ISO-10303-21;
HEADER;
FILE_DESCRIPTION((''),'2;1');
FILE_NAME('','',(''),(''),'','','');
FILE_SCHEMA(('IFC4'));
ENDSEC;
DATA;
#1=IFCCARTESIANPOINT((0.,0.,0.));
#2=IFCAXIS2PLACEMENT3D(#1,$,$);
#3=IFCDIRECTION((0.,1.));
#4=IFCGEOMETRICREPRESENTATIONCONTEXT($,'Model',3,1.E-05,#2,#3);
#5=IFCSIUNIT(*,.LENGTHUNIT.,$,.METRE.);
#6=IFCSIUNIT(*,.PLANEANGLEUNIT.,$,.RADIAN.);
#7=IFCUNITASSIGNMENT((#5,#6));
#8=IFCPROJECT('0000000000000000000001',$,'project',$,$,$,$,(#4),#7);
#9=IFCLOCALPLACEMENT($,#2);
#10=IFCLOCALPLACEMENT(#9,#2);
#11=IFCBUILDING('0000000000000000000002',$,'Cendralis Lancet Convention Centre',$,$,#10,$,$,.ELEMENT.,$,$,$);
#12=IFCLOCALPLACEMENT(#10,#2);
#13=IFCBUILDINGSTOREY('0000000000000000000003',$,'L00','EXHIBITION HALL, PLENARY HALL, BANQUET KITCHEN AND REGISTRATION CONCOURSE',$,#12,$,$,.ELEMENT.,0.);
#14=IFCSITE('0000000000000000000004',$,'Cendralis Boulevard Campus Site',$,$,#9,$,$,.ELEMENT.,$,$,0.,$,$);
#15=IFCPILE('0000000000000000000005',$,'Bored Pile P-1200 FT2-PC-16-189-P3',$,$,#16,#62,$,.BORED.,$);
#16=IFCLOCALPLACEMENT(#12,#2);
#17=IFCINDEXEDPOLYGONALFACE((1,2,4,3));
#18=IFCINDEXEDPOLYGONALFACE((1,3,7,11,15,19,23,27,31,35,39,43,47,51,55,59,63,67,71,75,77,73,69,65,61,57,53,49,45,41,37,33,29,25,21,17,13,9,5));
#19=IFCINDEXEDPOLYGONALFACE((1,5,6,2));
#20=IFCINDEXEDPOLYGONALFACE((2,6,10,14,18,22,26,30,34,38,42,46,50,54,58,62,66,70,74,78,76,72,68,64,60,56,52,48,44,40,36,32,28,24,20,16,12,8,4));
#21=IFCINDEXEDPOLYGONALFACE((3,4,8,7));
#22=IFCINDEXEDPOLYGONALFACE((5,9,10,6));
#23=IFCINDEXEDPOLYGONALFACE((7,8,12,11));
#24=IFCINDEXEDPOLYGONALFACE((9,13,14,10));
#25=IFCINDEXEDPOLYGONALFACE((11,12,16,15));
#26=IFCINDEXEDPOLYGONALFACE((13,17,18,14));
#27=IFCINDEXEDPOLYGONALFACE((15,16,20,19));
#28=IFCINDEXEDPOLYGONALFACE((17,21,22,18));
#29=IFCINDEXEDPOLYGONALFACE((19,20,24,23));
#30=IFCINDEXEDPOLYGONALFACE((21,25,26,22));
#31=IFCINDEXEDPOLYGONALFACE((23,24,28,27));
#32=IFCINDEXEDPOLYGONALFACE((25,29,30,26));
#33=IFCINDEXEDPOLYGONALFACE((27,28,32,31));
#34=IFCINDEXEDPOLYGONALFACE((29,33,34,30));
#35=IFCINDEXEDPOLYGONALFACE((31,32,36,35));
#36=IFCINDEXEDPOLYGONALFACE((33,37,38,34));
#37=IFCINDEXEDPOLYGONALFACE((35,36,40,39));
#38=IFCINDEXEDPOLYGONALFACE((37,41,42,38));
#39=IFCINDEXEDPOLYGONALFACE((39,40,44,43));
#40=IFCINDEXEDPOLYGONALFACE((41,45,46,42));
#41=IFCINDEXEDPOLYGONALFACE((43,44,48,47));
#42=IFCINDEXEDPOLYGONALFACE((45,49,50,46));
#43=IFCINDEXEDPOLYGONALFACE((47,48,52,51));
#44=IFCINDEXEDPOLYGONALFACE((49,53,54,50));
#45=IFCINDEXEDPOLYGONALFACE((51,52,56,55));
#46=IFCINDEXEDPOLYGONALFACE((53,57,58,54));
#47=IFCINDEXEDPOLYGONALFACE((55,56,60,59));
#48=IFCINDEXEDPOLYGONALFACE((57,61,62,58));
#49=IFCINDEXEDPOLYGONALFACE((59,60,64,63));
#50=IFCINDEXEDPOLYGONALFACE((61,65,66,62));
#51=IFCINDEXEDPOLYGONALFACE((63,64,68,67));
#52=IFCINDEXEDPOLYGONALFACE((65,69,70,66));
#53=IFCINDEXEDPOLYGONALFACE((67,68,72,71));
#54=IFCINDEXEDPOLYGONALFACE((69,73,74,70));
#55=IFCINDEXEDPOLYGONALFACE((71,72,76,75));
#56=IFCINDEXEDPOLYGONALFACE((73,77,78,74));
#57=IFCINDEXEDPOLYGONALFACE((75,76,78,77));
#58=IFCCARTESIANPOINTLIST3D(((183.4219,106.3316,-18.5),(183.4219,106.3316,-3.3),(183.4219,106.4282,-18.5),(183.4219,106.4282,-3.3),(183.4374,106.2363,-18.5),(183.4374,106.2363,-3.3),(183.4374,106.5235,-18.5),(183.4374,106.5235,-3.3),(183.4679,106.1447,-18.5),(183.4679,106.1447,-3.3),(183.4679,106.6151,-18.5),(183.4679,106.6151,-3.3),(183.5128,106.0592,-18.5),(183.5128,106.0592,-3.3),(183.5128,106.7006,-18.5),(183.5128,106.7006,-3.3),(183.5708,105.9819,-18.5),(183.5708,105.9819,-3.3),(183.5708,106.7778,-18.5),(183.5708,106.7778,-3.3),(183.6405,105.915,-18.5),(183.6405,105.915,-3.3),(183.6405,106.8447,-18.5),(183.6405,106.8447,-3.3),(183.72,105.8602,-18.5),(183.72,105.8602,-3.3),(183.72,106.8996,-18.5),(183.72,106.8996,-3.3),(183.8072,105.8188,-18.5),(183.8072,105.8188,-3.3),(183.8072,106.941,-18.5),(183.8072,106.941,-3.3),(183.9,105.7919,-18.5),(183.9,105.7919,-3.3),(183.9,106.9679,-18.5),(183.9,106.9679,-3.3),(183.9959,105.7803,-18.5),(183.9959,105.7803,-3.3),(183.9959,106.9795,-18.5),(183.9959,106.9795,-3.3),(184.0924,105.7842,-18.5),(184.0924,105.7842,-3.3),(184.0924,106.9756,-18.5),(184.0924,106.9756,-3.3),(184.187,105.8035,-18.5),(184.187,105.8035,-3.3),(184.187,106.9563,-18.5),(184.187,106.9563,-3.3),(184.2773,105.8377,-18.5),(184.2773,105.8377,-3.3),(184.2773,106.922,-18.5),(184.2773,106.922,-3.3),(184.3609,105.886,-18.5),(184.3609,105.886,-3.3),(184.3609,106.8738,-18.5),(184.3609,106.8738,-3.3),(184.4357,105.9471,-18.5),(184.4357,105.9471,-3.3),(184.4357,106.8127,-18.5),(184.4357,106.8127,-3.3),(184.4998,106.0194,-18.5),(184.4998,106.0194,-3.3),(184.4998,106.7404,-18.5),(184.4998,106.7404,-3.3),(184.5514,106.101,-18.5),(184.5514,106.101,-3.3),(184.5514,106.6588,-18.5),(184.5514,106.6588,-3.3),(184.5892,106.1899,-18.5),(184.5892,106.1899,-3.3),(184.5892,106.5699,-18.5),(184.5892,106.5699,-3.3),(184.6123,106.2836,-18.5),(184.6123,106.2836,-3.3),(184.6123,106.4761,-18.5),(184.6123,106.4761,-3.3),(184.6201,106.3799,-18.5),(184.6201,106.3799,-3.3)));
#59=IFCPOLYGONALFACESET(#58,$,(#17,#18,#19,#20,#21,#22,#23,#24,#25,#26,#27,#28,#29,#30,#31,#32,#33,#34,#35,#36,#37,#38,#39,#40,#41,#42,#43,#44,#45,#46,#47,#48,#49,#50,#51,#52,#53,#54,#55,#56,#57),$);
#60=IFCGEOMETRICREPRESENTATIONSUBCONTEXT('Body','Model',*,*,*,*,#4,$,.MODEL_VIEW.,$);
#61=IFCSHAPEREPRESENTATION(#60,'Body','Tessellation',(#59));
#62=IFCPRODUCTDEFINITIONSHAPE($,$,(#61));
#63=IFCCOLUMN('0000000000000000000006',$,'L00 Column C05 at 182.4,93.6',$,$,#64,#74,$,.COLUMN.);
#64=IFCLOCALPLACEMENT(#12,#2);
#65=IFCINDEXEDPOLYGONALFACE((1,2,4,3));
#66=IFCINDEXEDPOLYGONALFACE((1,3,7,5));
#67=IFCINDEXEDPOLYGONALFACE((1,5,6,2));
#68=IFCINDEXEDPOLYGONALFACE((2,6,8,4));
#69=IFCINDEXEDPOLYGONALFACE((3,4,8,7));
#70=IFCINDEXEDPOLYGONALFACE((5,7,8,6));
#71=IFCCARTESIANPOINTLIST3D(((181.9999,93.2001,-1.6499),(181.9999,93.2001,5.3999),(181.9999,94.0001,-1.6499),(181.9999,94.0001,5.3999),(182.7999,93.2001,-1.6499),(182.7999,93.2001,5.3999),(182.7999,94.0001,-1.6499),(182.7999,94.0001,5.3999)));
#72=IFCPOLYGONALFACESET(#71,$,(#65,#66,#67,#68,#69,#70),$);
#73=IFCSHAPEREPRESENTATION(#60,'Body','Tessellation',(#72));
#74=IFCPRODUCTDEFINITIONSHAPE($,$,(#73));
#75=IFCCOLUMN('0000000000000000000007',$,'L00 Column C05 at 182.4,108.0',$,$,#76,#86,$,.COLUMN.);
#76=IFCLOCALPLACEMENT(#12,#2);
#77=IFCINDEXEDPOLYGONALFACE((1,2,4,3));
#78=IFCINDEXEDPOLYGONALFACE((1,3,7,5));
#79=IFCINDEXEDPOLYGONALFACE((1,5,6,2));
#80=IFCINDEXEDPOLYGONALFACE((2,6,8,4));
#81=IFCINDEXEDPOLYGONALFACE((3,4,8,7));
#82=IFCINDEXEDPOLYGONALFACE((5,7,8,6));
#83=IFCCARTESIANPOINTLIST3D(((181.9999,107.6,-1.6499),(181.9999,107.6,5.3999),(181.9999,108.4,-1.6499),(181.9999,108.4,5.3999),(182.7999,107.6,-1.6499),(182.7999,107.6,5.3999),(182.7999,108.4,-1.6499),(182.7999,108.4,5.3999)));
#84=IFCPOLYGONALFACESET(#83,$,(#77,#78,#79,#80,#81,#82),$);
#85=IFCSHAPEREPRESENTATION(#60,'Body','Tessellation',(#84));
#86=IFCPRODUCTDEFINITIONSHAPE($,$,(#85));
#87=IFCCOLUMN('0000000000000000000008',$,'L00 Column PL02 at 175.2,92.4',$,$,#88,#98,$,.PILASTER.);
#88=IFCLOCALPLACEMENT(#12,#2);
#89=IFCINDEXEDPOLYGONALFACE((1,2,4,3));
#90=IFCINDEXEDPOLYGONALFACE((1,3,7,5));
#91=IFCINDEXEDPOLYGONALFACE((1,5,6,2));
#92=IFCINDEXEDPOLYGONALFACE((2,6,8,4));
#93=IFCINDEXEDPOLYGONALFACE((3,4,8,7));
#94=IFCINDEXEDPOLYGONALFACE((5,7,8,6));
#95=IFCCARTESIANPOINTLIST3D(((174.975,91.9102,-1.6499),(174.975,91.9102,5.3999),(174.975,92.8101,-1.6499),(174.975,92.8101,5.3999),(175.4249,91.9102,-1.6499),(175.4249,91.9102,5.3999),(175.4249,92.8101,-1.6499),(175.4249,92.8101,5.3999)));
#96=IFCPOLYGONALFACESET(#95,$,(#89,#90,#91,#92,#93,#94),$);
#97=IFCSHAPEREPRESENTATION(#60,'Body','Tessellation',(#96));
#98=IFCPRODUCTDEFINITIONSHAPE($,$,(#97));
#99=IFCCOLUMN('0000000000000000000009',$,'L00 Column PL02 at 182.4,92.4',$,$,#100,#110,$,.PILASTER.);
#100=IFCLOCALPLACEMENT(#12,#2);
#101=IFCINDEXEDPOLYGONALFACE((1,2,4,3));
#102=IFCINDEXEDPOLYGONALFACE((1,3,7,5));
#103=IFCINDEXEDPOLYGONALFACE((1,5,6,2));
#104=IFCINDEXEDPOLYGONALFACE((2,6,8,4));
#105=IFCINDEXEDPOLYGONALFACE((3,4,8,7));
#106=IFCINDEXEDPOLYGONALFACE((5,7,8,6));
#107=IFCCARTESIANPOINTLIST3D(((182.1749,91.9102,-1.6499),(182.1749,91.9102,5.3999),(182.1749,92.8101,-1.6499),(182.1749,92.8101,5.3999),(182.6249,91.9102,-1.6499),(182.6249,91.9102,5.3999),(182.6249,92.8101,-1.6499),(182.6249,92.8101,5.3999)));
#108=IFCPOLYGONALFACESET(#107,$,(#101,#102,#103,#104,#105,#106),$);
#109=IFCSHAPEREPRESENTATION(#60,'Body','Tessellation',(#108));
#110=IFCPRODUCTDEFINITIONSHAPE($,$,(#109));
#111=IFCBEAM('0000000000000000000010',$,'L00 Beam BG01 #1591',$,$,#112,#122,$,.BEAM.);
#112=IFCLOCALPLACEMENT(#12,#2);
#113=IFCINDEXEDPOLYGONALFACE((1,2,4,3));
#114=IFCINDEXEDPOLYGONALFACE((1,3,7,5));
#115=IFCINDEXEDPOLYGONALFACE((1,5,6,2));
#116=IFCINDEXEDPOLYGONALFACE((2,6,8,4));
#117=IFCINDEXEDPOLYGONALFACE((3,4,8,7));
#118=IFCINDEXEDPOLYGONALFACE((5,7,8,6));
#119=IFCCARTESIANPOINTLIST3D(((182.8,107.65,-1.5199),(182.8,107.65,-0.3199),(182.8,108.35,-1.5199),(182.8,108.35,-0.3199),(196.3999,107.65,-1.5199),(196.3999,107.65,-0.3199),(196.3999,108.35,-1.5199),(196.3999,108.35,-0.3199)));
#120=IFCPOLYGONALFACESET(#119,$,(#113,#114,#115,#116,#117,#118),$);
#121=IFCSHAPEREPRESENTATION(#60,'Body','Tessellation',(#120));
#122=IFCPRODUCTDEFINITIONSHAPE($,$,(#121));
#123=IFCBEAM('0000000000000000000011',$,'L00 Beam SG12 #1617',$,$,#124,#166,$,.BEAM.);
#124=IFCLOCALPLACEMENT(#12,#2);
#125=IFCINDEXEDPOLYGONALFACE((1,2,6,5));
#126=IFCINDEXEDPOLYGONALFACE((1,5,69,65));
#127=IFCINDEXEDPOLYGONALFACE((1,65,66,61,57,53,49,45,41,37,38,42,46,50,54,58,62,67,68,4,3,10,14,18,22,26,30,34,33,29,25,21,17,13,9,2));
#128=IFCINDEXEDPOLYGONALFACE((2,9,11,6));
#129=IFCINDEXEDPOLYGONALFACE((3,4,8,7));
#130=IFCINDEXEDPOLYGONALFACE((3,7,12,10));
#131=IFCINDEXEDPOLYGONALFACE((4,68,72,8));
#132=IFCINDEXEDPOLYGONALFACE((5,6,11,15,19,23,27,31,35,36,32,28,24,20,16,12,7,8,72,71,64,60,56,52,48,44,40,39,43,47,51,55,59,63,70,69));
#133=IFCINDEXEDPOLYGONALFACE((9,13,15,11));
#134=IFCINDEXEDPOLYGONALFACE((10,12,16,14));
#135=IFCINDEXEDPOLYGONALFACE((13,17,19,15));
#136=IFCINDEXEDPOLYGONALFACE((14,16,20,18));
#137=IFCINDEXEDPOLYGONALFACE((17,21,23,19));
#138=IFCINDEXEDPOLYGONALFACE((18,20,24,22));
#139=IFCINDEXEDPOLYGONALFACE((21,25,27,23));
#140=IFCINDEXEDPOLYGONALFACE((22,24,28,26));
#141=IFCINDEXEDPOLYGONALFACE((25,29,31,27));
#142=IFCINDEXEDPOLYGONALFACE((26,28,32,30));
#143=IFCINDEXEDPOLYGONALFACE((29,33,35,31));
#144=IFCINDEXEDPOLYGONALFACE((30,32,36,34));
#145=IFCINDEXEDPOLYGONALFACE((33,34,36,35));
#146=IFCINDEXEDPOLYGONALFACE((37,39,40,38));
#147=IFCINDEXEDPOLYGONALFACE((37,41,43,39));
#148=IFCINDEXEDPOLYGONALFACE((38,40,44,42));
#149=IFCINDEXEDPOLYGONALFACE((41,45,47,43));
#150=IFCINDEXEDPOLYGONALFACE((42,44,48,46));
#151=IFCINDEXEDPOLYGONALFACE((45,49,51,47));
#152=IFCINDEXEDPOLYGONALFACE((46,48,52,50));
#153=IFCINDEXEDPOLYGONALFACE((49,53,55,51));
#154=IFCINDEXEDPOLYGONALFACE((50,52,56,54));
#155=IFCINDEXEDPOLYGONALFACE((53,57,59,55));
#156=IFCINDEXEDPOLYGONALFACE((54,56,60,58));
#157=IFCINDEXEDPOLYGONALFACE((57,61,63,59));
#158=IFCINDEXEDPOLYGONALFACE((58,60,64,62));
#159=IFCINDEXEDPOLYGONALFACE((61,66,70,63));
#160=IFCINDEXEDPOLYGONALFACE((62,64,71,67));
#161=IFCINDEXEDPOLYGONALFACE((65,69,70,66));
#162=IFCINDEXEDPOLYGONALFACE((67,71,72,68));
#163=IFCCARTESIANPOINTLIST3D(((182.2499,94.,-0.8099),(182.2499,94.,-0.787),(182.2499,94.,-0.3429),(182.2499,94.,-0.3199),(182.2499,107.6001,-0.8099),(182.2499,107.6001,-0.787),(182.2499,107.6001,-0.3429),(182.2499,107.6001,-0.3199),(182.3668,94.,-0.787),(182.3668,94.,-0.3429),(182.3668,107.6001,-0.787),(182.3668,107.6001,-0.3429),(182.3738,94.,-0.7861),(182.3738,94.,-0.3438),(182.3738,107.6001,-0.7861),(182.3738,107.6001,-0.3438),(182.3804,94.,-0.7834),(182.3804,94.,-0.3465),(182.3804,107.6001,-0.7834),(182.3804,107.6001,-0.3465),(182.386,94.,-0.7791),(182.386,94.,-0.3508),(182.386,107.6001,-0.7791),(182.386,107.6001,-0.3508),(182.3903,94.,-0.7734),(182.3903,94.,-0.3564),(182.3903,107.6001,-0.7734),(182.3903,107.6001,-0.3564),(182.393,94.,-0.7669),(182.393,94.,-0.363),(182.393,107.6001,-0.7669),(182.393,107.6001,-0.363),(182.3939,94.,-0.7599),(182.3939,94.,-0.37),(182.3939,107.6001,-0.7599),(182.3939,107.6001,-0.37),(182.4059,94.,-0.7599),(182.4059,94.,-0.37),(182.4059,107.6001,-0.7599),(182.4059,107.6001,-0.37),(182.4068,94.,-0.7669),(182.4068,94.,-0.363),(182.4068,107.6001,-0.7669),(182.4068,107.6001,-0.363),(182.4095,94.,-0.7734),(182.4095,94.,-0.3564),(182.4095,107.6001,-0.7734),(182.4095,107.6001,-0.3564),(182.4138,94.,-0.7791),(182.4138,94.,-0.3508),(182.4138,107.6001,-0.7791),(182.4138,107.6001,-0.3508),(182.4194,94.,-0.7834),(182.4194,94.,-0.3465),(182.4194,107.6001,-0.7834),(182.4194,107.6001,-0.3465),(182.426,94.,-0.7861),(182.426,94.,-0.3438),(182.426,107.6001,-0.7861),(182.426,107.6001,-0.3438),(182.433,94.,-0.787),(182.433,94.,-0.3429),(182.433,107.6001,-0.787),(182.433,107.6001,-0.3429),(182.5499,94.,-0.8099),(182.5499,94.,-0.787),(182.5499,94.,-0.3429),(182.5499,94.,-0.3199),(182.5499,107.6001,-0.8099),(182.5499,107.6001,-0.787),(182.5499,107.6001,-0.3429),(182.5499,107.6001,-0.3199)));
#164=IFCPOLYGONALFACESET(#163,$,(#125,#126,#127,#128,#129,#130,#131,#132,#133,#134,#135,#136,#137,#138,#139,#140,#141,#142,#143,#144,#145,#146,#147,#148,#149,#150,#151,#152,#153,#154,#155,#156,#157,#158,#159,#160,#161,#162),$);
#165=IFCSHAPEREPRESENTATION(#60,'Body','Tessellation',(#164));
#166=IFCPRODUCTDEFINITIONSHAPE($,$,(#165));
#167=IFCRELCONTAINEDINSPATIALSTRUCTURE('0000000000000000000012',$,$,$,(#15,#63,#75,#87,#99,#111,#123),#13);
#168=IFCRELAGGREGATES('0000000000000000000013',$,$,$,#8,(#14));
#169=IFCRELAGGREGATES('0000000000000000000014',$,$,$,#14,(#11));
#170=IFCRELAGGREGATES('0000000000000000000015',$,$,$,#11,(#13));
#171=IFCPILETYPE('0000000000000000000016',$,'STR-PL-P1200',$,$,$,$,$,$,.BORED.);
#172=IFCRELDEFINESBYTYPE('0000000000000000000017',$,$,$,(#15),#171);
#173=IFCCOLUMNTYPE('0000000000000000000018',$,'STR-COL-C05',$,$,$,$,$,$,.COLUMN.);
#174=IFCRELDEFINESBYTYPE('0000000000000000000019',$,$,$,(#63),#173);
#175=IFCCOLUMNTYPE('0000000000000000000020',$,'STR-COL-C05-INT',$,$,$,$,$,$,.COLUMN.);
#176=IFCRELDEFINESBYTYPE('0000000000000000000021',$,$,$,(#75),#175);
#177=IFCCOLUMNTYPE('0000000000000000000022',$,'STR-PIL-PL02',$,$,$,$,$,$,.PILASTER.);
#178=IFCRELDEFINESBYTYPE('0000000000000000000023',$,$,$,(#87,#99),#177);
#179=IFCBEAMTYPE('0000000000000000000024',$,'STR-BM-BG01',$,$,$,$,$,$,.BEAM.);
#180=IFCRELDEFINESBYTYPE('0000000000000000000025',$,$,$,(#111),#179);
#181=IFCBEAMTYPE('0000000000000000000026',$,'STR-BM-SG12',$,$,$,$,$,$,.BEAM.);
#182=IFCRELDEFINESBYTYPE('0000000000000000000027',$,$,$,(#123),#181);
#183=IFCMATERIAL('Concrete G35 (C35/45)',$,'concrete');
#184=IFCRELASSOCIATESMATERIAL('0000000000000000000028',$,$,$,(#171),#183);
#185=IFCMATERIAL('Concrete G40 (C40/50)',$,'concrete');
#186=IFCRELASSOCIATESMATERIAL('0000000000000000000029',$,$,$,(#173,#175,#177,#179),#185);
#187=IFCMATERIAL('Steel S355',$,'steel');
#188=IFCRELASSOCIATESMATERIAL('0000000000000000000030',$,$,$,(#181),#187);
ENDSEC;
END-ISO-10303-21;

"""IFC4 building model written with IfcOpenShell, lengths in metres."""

from ifc_helpers import new_model, si_unit, direction, frame, origin, origin_2d, place, context, subcontext, project, spatial, rectangle, circle, i_section, extrude, material, material_profile, profile_set, type_object, element, save


model = new_model("IFC4")

# Units and contexts
model_context = context("Model", 3, precision=1e-05, world=origin(), true_north=direction((0.0, 1.0)))
body_context = subcontext(model_context, "Body", "Model", "MODEL_VIEW")
ifc_project = project(units=[si_unit("LENGTHUNIT", "METRE"), si_unit("PLANEANGLEUNIT", "RADIAN")], contexts=[model_context])

# Site, building, storey
site_placement = place(None, origin())
site = spatial("IfcSite", under=ifc_project, at=site_placement, Name="Cendralis Boulevard Campus Site", CompositionType="ELEMENT", RefElevation=0.0)
building_placement = place(site_placement, origin())
building = spatial("IfcBuilding", under=site, at=building_placement, Name="Cendralis Lancet Convention Centre", CompositionType="ELEMENT")
storey_placement = place(building_placement, origin())
storey = spatial("IfcBuildingStorey", under=building, at=storey_placement, Name="L00", Description="EXHIBITION HALL, PLENARY HALL, BANQUET KITCHEN AND REGISTRATION CONCOURSE", CompositionType="ELEMENT", Elevation=0.0)

# Shared definitions
ifc_material_1 = material(Name="Concrete G35 (C35/45)", Category="concrete")

# Pile
ifc_material_profile_1 = material_profile(ifc_material_1, circle(Radius=0.6001, at=origin_2d()), Name="BORED PILE D1200")
ifc_profile_set_1 = profile_set([ifc_material_profile_1], Name="Concrete G35 (C35/45)")
pile_type_1 = type_object("IfcPileType", Name="STR-PL-P1200", PredefinedType="BORED", material=ifc_profile_set_1)
for number, where, z_axis, x_axis, name in (
    (1, (184.02, 106.3799, -3.3), (0.0, 0.0, -1.0), (1.0, 0.0, 0.0), "Bored Pile P-1200 FT2-PC-16-189-P3"),
):
    element("IfcPile", number, at=place(storey_placement, frame(where, z_axis=z_axis, x_axis=x_axis)), inside=storey, type_object=pile_type_1, Name=name, PredefinedType="BORED", context=body_context, shape_type="SweptSolid", body=[
        extrude(circle(Radius=0.6001, at=origin_2d()), origin(), (0.0, 0.0, 1.0), 15.2),
    ])

# Columns
ifc_material_2 = material(Name="Concrete G40 (C40/50)", Category="concrete")
ifc_material_profile_2 = material_profile(ifc_material_2, rectangle(XDim=0.8, YDim=0.8, at=origin_2d()), Name="RC 800x800")
ifc_profile_set_2 = profile_set([ifc_material_profile_2], Name="Concrete G40 (C40/50)")
column_type_1 = type_object("IfcColumnType", Name="STR-COL-C05", PredefinedType="COLUMN", material=ifc_profile_set_2)
column_1_placement = place(storey_placement, frame((182.3999, 93.6001, -1.6499), z_axis=(0.0, 0.0, 1.0), x_axis=(1.0, 0.0, 0.0)))
element("IfcColumn", 2, at=column_1_placement, inside=storey, type_object=column_type_1, Name="L00 Column C05 at 182.4,93.6", PredefinedType="COLUMN", context=body_context, shape_type="SweptSolid", body=[
    extrude(rectangle(XDim=0.8, YDim=0.8, at=origin_2d()), origin(), (0.0, 0.0, 1.0), 7.0498),
])
ifc_material_profile_3 = material_profile(ifc_material_2, rectangle(XDim=0.8, YDim=0.8, at=origin_2d()), Name="RC 800x800")
ifc_profile_set_3 = profile_set([ifc_material_profile_3], Name="Concrete G40 (C40/50)")
column_type_2 = type_object("IfcColumnType", Name="STR-COL-C05-INT", PredefinedType="COLUMN", material=ifc_profile_set_3)
column_2_placement = place(storey_placement, frame((182.3999, 108.0, -1.6499), z_axis=(0.0, 0.0, 1.0), x_axis=(1.0, 0.0, 0.0)))
element("IfcColumn", 3, at=column_2_placement, inside=storey, type_object=column_type_2, Name="L00 Column C05 at 182.4,108.0", PredefinedType="COLUMN", context=body_context, shape_type="SweptSolid", body=[
    extrude(rectangle(XDim=0.8, YDim=0.8, at=origin_2d()), origin(), (0.0, 0.0, 1.0), 7.0498),
])
ifc_material_profile_4 = material_profile(ifc_material_2, rectangle(XDim=0.45, YDim=0.8999, at=origin_2d()), Name="RC 450x900")
ifc_profile_set_4 = profile_set([ifc_material_profile_4], Name="Concrete G40 (C40/50)")
column_type_3 = type_object("IfcColumnType", Name="STR-PIL-PL02", PredefinedType="PILASTER", material=ifc_profile_set_4)
for number, where, z_axis, x_axis, name in (
    (4, (175.2, 92.3601, -1.6499), (0.0, 0.0, 1.0), (1.0, 0.0, 0.0), "L00 Column PL02 at 175.2,92.4"),
    (5, (182.3999, 92.3601, -1.6499), (0.0, 0.0, 1.0), (1.0, 0.0, 0.0), "L00 Column PL02 at 182.4,92.4"),
):
    element("IfcColumn", number, at=place(storey_placement, frame(where, z_axis=z_axis, x_axis=x_axis)), inside=storey, type_object=column_type_3, Name=name, PredefinedType="PILASTER", context=body_context, shape_type="SweptSolid", body=[
        extrude(rectangle(XDim=0.45, YDim=0.8999, at=origin_2d()), origin(), (0.0, 0.0, 1.0), 7.0498),
    ])

# Beams
ifc_material_profile_5 = material_profile(ifc_material_2, rectangle(XDim=0.7, YDim=1.2, at=origin_2d()), Name="RCB 700x1200")
ifc_profile_set_5 = profile_set([ifc_material_profile_5], Name="Concrete G40 (C40/50)")
beam_type_1 = type_object("IfcBeamType", Name="STR-BM-BG01", PredefinedType="BEAM", material=ifc_profile_set_5)
beam_1_placement = place(storey_placement, frame((182.8, 108.0, -0.9199), z_axis=(1.0, 0.0, 0.0), x_axis=(0.0, 1.0, 0.0)))
element("IfcBeam", 6, at=beam_1_placement, inside=storey, type_object=beam_type_1, Name="L00 Beam BG01 #1591", PredefinedType="BEAM", context=body_context, shape_type="SweptSolid", body=[
    extrude(rectangle(XDim=0.7, YDim=1.2, at=origin_2d()), origin(), (0.0, 0.0, 1.0), 13.5999),
])
ifc_material_3 = material(Name="Steel S355", Category="steel")
ifc_material_profile_6 = material_profile(ifc_material_3, i_section(OverallWidth=0.3, OverallDepth=0.49, WebThickness=0.012, FlangeThickness=0.0229, FilletRadius=0.0271, at=origin_2d()), Name="HEA 500")
ifc_profile_set_6 = profile_set([ifc_material_profile_6], Name="Steel S355")
beam_type_2 = type_object("IfcBeamType", Name="STR-BM-SG12", PredefinedType="BEAM", material=ifc_profile_set_6)
beam_2_placement = place(storey_placement, frame((182.3999, 94.0, -0.5649), z_axis=(0.0, 1.0, 0.0), x_axis=(-1.0, 0.0, 0.0)))
element("IfcBeam", 7, at=beam_2_placement, inside=storey, type_object=beam_type_2, Name="L00 Beam SG12 #1617", PredefinedType="BEAM", context=body_context, shape_type="SweptSolid", body=[
    extrude(i_section(OverallWidth=0.3, OverallDepth=0.49, WebThickness=0.012, FlangeThickness=0.0229, FilletRadius=0.0271, at=origin_2d()), origin(), (0.0, 0.0, 1.0), 13.6001),
])

save(model, "model.ifc")
